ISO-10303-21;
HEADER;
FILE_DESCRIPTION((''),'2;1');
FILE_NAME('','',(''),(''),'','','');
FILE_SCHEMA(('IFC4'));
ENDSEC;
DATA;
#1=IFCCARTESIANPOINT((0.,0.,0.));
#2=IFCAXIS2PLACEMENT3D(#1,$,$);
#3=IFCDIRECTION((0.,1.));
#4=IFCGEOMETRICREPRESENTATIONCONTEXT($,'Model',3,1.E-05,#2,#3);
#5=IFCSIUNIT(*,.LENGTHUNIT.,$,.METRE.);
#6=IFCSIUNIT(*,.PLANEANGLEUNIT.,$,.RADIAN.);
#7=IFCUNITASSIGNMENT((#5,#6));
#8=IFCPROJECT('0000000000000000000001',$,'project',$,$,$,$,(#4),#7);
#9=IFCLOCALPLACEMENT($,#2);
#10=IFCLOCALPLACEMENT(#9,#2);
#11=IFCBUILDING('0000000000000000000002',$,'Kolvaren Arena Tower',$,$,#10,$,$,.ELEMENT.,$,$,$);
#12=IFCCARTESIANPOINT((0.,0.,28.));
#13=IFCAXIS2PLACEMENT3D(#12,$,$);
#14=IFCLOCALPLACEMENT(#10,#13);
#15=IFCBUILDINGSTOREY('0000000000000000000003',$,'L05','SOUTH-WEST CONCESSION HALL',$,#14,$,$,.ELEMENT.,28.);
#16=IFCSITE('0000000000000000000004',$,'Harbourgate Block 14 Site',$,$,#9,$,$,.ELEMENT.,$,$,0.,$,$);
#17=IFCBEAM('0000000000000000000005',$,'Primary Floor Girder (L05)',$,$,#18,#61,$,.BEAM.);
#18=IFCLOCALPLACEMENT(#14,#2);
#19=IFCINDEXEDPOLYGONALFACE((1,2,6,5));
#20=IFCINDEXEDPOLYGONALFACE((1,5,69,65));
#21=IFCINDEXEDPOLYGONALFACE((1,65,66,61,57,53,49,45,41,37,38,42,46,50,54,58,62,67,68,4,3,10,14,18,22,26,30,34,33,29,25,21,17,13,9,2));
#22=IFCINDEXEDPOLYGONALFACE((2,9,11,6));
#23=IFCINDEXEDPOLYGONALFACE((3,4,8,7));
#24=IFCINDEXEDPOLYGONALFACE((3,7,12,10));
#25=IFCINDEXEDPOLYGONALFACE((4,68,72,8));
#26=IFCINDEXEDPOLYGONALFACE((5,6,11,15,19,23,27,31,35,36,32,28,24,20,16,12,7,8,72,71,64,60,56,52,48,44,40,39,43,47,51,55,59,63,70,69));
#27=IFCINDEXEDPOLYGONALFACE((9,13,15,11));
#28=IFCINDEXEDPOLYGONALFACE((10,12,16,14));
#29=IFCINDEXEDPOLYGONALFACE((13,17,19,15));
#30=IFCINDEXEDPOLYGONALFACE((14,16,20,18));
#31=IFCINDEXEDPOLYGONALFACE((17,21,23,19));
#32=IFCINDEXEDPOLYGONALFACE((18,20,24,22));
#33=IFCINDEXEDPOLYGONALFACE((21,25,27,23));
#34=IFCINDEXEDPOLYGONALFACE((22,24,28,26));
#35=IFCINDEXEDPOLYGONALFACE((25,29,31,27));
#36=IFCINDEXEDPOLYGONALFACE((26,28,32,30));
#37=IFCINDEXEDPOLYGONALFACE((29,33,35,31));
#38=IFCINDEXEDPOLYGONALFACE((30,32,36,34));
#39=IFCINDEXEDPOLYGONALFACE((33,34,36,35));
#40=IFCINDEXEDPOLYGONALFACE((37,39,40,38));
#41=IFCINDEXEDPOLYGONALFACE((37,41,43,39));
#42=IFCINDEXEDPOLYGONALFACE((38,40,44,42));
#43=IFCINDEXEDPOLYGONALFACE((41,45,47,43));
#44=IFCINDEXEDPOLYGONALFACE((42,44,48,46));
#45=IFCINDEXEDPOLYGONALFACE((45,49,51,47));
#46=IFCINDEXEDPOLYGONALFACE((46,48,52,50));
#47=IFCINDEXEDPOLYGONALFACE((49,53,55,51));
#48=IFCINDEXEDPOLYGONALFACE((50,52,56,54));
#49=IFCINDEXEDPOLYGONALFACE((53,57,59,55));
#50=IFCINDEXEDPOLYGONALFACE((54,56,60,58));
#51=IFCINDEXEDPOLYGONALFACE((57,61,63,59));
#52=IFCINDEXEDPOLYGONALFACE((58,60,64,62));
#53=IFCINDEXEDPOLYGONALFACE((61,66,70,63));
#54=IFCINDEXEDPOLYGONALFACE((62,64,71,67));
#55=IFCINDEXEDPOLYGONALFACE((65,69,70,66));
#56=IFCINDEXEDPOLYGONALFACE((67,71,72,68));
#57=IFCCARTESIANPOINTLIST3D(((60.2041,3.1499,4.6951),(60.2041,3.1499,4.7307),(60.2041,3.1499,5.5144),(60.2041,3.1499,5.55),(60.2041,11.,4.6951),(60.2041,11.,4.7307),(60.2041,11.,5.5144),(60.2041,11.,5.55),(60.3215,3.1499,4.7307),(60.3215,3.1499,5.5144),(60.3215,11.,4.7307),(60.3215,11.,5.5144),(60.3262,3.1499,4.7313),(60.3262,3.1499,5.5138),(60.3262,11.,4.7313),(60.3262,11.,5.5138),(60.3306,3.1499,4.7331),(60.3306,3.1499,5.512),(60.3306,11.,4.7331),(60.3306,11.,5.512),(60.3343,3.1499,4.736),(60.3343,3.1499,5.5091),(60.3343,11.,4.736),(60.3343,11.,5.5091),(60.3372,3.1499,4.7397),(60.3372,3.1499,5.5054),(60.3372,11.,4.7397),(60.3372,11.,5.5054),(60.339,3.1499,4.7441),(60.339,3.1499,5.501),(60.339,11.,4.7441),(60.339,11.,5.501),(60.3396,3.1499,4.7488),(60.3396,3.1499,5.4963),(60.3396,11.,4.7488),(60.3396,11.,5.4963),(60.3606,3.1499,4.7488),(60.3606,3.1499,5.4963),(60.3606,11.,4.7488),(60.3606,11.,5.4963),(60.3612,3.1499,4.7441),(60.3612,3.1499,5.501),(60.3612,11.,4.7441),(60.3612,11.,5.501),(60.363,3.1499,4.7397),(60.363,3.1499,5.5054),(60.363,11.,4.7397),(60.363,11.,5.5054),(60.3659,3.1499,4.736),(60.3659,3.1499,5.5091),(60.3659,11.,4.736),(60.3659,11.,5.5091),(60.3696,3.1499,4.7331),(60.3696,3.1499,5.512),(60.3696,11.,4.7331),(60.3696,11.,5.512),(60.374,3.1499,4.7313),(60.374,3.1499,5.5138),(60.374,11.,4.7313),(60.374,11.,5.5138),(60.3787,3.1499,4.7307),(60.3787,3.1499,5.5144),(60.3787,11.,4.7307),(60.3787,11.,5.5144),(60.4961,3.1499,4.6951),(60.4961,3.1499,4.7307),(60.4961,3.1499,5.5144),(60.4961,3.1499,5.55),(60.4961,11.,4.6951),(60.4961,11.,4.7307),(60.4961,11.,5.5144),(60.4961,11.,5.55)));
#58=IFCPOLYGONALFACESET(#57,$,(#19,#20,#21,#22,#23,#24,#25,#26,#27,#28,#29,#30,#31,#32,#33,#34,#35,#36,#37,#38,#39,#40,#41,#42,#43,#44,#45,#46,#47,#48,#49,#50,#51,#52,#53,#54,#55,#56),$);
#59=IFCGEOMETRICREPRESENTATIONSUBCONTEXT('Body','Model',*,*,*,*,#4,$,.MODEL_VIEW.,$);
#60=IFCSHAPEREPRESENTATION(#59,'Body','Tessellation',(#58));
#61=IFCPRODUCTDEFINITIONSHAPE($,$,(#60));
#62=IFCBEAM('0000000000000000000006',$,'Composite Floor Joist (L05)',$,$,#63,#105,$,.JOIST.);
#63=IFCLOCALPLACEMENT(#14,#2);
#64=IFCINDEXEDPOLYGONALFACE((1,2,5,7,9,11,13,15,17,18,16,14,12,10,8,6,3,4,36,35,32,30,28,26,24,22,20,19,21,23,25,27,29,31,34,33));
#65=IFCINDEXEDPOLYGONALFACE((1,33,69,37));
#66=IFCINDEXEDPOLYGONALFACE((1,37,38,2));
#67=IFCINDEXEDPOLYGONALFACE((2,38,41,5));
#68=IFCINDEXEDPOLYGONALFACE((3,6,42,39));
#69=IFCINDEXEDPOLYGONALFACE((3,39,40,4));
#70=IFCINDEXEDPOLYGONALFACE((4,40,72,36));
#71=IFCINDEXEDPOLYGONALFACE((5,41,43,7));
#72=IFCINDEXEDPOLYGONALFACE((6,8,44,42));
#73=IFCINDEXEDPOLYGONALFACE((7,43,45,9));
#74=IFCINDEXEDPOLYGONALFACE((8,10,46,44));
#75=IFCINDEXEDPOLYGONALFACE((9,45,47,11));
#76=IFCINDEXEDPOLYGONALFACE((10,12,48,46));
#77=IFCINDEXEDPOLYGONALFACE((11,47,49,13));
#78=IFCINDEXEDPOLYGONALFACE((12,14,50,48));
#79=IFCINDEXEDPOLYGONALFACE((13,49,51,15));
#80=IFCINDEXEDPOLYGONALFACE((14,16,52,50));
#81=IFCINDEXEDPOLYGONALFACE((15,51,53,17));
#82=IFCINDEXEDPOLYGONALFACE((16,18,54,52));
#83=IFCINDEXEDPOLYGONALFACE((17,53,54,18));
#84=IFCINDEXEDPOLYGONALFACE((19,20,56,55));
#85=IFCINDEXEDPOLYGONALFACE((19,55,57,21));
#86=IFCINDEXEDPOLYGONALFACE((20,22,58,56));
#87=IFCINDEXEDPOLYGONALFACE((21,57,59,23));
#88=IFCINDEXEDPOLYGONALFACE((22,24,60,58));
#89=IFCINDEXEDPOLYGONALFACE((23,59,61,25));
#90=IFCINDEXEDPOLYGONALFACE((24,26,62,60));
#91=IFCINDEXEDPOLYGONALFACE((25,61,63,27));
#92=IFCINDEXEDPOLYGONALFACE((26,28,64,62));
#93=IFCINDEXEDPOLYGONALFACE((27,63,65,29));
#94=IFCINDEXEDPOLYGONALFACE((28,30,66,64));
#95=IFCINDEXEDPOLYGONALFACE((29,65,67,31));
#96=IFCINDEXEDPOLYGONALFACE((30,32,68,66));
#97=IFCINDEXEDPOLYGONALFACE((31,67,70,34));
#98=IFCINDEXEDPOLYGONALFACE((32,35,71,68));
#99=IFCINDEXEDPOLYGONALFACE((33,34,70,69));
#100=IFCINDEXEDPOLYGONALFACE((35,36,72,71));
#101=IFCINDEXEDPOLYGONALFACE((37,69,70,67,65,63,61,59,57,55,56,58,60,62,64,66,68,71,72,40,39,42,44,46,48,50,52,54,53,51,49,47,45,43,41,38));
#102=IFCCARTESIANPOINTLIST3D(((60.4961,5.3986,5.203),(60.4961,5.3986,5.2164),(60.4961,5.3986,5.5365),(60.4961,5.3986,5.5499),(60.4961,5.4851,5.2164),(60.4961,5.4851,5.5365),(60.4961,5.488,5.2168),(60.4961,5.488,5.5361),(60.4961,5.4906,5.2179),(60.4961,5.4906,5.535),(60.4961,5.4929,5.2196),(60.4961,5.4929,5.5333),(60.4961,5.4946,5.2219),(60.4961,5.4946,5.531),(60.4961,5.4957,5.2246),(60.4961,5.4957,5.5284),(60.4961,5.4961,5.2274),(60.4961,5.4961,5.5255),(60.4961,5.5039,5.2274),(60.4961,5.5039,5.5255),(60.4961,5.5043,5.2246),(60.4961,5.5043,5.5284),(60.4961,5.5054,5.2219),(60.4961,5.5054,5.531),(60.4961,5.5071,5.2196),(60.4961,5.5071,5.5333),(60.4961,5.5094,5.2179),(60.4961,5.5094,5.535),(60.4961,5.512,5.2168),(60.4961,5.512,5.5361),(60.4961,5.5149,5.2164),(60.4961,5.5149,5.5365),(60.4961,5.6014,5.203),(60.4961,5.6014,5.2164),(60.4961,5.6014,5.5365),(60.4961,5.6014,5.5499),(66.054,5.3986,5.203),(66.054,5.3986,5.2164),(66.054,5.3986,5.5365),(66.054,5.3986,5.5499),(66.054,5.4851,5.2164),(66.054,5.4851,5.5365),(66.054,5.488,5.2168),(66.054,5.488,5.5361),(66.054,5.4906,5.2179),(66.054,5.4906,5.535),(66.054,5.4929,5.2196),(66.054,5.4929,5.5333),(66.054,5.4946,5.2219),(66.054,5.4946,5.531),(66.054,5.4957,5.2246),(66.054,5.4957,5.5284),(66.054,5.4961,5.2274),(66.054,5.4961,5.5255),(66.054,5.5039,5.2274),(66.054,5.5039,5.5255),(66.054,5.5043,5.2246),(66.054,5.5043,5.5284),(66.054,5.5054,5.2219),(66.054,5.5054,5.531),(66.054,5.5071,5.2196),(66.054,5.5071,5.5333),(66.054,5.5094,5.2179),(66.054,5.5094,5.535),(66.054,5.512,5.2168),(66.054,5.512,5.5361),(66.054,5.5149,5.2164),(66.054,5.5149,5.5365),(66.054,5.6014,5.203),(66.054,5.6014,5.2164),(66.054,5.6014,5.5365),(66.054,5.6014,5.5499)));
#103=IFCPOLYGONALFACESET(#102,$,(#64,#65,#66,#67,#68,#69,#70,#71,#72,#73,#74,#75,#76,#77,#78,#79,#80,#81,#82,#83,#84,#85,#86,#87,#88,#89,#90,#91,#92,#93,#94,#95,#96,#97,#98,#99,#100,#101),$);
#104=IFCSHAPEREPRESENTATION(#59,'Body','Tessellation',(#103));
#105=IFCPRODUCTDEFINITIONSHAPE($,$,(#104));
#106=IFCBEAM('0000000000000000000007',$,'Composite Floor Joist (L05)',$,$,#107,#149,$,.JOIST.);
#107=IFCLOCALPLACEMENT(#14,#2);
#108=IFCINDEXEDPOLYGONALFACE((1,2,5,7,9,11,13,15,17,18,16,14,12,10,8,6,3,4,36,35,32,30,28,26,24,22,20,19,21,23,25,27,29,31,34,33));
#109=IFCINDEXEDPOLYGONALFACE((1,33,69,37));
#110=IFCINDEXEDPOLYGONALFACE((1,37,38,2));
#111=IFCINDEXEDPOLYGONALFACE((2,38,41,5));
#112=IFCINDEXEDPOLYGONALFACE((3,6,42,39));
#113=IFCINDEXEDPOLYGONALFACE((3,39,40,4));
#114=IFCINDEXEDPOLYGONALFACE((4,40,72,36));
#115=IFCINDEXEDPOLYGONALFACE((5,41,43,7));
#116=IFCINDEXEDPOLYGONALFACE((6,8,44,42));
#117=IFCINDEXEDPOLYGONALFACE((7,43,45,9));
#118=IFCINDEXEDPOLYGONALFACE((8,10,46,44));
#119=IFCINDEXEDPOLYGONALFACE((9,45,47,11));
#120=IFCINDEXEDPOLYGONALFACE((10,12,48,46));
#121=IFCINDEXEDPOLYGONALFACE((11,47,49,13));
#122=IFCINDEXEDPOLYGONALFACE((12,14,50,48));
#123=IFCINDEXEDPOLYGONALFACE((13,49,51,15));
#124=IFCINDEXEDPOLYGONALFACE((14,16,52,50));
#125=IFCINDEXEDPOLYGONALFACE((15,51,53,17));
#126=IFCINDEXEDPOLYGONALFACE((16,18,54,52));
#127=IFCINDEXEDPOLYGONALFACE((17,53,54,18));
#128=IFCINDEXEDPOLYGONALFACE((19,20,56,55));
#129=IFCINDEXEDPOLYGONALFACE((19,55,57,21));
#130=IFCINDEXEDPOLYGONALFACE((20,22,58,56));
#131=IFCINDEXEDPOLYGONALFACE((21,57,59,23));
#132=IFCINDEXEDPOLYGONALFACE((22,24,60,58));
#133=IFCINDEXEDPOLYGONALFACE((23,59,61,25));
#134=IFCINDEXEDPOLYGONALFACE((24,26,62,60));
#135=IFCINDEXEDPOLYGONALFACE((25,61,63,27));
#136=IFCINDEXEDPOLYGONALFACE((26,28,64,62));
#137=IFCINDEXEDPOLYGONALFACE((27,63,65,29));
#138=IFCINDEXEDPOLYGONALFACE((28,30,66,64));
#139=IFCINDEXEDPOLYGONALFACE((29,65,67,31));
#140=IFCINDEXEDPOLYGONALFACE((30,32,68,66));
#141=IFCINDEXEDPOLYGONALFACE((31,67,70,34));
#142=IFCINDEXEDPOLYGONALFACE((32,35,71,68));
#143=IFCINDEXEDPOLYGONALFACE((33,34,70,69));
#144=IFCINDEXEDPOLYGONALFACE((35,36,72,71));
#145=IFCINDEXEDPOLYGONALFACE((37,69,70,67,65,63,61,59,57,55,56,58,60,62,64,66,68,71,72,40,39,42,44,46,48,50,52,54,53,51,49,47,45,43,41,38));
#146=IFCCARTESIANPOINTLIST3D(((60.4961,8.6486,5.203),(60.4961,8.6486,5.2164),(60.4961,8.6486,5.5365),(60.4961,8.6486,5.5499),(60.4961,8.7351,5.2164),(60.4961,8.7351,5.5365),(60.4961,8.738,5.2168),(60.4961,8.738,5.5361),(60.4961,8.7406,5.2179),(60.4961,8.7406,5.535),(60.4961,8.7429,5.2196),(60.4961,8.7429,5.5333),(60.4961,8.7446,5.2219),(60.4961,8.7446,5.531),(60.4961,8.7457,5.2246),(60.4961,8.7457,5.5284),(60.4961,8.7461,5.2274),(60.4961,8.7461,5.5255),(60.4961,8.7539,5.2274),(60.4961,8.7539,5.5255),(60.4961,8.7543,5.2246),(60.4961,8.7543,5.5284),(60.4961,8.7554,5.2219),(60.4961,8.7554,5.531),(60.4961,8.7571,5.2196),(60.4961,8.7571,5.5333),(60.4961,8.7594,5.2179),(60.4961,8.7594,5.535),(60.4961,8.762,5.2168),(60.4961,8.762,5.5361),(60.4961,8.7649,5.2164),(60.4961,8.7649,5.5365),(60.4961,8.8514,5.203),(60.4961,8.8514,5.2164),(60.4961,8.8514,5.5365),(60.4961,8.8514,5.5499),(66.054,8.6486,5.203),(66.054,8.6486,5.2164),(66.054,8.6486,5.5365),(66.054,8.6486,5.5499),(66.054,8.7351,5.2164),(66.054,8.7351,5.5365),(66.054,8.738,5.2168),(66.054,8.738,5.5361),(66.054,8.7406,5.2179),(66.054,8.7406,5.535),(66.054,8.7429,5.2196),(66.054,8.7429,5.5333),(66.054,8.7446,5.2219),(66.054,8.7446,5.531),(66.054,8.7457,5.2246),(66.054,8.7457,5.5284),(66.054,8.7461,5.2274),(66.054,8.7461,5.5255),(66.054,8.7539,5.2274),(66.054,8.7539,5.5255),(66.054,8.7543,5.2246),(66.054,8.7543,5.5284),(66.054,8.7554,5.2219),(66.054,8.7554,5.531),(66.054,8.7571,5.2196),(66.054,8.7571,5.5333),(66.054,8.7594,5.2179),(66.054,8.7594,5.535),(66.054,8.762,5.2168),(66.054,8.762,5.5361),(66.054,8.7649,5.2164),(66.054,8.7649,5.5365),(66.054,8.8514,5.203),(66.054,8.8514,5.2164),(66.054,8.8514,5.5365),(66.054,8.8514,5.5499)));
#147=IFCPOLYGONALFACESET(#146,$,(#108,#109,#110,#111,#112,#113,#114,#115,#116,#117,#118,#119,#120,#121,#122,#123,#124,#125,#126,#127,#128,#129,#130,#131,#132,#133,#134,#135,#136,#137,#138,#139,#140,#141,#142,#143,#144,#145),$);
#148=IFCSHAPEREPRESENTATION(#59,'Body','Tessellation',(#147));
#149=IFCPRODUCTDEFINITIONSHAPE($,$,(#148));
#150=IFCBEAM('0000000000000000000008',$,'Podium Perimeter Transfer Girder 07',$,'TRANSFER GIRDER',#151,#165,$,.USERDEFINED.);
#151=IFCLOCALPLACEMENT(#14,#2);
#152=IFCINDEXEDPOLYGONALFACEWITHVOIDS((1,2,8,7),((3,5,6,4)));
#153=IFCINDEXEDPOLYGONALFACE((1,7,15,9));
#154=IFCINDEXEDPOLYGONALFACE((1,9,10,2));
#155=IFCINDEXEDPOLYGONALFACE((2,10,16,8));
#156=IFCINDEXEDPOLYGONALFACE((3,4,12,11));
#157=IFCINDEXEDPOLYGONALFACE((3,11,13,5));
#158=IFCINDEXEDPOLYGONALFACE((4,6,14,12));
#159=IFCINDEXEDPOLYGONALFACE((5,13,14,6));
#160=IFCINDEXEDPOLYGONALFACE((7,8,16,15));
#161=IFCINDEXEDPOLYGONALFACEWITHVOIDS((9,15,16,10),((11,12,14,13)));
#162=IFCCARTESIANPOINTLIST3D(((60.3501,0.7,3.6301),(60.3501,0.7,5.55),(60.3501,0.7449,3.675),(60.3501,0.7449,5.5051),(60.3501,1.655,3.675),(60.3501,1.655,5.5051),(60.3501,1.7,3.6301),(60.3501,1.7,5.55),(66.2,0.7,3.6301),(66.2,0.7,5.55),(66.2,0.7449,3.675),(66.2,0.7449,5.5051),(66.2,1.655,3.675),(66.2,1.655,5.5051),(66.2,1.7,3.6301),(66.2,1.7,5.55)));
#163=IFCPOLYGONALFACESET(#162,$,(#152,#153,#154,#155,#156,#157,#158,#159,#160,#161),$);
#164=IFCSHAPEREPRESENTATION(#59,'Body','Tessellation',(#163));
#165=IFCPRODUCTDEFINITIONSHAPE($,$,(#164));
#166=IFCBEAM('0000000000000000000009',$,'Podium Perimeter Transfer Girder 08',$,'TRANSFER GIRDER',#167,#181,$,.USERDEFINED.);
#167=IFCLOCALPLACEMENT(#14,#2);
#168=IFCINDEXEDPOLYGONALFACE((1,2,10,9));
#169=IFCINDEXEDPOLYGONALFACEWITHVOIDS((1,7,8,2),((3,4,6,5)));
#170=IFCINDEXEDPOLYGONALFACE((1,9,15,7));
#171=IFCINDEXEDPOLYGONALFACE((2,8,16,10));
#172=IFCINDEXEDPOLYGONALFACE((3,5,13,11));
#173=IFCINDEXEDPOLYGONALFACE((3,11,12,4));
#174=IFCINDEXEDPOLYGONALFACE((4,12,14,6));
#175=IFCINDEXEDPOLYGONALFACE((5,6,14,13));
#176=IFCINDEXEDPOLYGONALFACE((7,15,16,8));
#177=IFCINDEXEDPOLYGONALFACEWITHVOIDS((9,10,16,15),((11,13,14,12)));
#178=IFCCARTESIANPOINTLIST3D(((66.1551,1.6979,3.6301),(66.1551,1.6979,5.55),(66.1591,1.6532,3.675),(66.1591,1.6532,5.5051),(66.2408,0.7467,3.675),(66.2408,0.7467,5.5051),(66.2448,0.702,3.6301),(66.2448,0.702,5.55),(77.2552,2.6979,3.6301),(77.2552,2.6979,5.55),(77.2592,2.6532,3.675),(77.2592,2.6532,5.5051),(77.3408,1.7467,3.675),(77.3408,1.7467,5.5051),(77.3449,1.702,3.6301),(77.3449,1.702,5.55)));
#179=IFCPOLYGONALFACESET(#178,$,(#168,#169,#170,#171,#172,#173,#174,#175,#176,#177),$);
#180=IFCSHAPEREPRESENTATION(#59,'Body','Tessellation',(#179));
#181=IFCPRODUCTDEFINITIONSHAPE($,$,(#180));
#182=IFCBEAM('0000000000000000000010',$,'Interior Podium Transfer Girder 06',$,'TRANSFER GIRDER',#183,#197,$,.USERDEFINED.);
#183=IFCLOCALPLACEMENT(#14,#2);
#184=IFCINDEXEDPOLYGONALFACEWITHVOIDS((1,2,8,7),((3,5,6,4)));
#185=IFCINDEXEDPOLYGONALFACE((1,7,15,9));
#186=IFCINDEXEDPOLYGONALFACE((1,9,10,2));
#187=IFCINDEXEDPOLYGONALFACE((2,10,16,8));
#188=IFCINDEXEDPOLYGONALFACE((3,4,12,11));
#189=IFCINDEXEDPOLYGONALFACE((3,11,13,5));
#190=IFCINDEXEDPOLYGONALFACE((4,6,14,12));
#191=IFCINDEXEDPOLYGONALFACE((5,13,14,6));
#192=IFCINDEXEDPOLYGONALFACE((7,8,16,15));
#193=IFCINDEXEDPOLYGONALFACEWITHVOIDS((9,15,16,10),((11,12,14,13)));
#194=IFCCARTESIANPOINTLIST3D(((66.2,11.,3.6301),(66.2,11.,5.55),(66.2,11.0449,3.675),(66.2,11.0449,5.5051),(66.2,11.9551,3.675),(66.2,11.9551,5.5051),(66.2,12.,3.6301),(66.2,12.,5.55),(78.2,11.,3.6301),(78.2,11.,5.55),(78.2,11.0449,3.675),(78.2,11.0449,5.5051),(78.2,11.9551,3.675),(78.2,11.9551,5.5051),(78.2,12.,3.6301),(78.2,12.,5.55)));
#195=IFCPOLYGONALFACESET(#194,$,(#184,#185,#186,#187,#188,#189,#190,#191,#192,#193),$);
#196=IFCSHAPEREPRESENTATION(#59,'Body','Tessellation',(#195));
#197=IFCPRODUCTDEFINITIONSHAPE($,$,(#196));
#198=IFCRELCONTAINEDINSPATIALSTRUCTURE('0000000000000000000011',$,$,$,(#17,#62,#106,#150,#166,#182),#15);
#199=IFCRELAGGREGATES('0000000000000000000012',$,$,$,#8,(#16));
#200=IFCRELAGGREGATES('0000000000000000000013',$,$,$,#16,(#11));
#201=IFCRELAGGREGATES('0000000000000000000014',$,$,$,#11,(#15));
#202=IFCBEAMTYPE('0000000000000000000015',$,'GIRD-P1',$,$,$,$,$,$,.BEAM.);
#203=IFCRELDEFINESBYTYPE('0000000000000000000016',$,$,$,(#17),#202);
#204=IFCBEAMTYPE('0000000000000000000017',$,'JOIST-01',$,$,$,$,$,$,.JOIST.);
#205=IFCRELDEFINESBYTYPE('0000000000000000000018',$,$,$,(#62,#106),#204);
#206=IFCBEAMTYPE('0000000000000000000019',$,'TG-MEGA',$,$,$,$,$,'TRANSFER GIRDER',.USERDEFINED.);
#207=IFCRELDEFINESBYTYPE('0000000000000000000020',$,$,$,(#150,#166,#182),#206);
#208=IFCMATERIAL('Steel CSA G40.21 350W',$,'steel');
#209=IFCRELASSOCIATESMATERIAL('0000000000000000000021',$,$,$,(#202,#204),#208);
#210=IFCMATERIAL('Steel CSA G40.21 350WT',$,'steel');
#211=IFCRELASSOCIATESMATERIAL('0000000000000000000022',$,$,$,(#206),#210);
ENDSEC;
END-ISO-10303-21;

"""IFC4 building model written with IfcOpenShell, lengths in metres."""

from ifc_helpers import new_model, si_unit, direction, frame, origin, origin_2d, place, context, subcontext, project, spatial, hollow_rectangle, i_section, extrude, material, material_profile, profile_set, type_object, element, save


model = new_model("IFC4")

# Units and contexts
model_context = context("Model", 3, precision=1e-05, world=origin(), true_north=direction((0.0, 1.0)))
body_context = subcontext(model_context, "Body", "Model", "MODEL_VIEW")
ifc_project = project(units=[si_unit("LENGTHUNIT", "METRE"), si_unit("PLANEANGLEUNIT", "RADIAN")], contexts=[model_context])

# Site, building, storey
site_placement = place(None, origin())
site = spatial("IfcSite", under=ifc_project, at=site_placement, Name="Harbourgate Block 14 Site", CompositionType="ELEMENT", RefElevation=0.0)
building_placement = place(site_placement, origin())
building = spatial("IfcBuilding", under=site, at=building_placement, Name="Kolvaren Arena Tower", CompositionType="ELEMENT")
storey_placement = place(building_placement, frame((0.0, 0.0, 28.0)))
storey = spatial("IfcBuildingStorey", under=building, at=storey_placement, Name="L05", Description="SOUTH-WEST CONCESSION HALL", CompositionType="ELEMENT", Elevation=28.0)

# Beams
ifc_material_1 = material(Name="Steel CSA G40.21 350W", Category="steel")
ifc_material_profile_1 = material_profile(ifc_material_1, i_section(OverallWidth=0.292, OverallDepth=0.855, WebThickness=0.021, FlangeThickness=0.0356, FilletRadius=0.0181, at=origin_2d()), Name="W840x299")
ifc_profile_set_1 = profile_set([ifc_material_profile_1], Name="Steel CSA G40.21 350W")
beam_type_1 = type_object("IfcBeamType", Name="GIRD-P1", PredefinedType="BEAM", material=ifc_profile_set_1)
beam_1_placement = place(storey_placement, frame((60.3501, 3.1499, 5.1226), z_axis=(0.0, 1.0, 0.0), x_axis=(-1.0, 0.0, 0.0)))
element("IfcBeam", 1, at=beam_1_placement, inside=storey, type_object=beam_type_1, Name="Primary Floor Girder (L05)", PredefinedType="BEAM", context=body_context, shape_type="SweptSolid", body=[
    extrude(i_section(OverallWidth=0.292, OverallDepth=0.855, WebThickness=0.021, FlangeThickness=0.0356, FilletRadius=0.0181, at=origin_2d()), origin(), (0.0, 0.0, 1.0), 7.8501),
])
ifc_material_profile_2 = material_profile(ifc_material_1, i_section(OverallWidth=0.2029, OverallDepth=0.3469, WebThickness=0.0078, FlangeThickness=0.0134, FilletRadius=0.011, at=origin_2d()), Name="W360x64")
ifc_profile_set_2 = profile_set([ifc_material_profile_2], Name="Steel CSA G40.21 350W")
beam_type_2 = type_object("IfcBeamType", Name="JOIST-01", PredefinedType="JOIST", material=ifc_profile_set_2)
for number, where, z_axis, x_axis, name in (
    (2, (60.4961, 5.5, 5.3765), (1.0, 0.0, 0.0), (0.0, 1.0, 0.0), "Composite Floor Joist (L05)"),
    (3, (60.4961, 8.75, 5.3765), (1.0, 0.0, 0.0), (0.0, 1.0, 0.0), "Composite Floor Joist (L05)"),
):
    element("IfcBeam", number, at=place(storey_placement, frame(where, z_axis=z_axis, x_axis=x_axis)), inside=storey, type_object=beam_type_2, Name=name, PredefinedType="JOIST", context=body_context, shape_type="SweptSolid", body=[
        extrude(i_section(OverallWidth=0.2029, OverallDepth=0.3469, WebThickness=0.0078, FlangeThickness=0.0134, FilletRadius=0.011, at=origin_2d()), origin(), (0.0, 0.0, 1.0), 5.5579),
    ])
ifc_material_2 = material(Name="Steel CSA G40.21 350WT", Category="steel")
ifc_material_profile_3 = material_profile(ifc_material_2, hollow_rectangle(XDim=1.0, YDim=1.9199, WallThickness=0.0449, at=origin_2d()), Name="BOX 1000x1920x45")
ifc_profile_set_3 = profile_set([ifc_material_profile_3], Name="Steel CSA G40.21 350WT")
beam_type_3 = type_object("IfcBeamType", Name="TG-MEGA", ElementType="TRANSFER GIRDER", PredefinedType="USERDEFINED", material=ifc_profile_set_3)
beam_2_placement = place(storey_placement, frame((60.3501, 1.2, 4.5901), z_axis=(1.0, 0.0, 0.0), x_axis=(0.0, 1.0, 0.0)))
element("IfcBeam", 4, at=beam_2_placement, inside=storey, type_object=beam_type_3, Name="Podium Perimeter Transfer Girder 07", ObjectType="TRANSFER GIRDER", PredefinedType="USERDEFINED", context=body_context, shape_type="SweptSolid", body=[
    extrude(hollow_rectangle(XDim=1.0, YDim=1.9199, WallThickness=0.0449, at=origin_2d()), origin(), (0.0, 0.0, 1.0), 5.8499),
])
beam_3_placement = place(storey_placement, frame((66.2, 1.2, 4.5901), z_axis=(0.995966, 0.089726, 0.0), x_axis=(-0.089726, 0.995966, 0.0)))
element("IfcBeam", 5, at=beam_3_placement, inside=storey, type_object=beam_type_3, Name="Podium Perimeter Transfer Girder 08", ObjectType="TRANSFER GIRDER", PredefinedType="USERDEFINED", context=body_context, shape_type="SweptSolid", body=[
    extrude(hollow_rectangle(XDim=1.0, YDim=1.9199, WallThickness=0.0449, at=origin_2d()), origin(), (0.0, 0.0, 1.0), 11.145),
])
beam_4_placement = place(storey_placement, frame((66.2, 11.5, 4.5901), z_axis=(1.0, 0.0, 0.0), x_axis=(0.0, 1.0, 0.0)))
element("IfcBeam", 6, at=beam_4_placement, inside=storey, type_object=beam_type_3, Name="Interior Podium Transfer Girder 06", ObjectType="TRANSFER GIRDER", PredefinedType="USERDEFINED", context=body_context, shape_type="SweptSolid", body=[
    extrude(hollow_rectangle(XDim=1.0, YDim=1.9199, WallThickness=0.0449, at=origin_2d()), origin(), (0.0, 0.0, 1.0), 12.0),
])

save(model, "model.ifc")
